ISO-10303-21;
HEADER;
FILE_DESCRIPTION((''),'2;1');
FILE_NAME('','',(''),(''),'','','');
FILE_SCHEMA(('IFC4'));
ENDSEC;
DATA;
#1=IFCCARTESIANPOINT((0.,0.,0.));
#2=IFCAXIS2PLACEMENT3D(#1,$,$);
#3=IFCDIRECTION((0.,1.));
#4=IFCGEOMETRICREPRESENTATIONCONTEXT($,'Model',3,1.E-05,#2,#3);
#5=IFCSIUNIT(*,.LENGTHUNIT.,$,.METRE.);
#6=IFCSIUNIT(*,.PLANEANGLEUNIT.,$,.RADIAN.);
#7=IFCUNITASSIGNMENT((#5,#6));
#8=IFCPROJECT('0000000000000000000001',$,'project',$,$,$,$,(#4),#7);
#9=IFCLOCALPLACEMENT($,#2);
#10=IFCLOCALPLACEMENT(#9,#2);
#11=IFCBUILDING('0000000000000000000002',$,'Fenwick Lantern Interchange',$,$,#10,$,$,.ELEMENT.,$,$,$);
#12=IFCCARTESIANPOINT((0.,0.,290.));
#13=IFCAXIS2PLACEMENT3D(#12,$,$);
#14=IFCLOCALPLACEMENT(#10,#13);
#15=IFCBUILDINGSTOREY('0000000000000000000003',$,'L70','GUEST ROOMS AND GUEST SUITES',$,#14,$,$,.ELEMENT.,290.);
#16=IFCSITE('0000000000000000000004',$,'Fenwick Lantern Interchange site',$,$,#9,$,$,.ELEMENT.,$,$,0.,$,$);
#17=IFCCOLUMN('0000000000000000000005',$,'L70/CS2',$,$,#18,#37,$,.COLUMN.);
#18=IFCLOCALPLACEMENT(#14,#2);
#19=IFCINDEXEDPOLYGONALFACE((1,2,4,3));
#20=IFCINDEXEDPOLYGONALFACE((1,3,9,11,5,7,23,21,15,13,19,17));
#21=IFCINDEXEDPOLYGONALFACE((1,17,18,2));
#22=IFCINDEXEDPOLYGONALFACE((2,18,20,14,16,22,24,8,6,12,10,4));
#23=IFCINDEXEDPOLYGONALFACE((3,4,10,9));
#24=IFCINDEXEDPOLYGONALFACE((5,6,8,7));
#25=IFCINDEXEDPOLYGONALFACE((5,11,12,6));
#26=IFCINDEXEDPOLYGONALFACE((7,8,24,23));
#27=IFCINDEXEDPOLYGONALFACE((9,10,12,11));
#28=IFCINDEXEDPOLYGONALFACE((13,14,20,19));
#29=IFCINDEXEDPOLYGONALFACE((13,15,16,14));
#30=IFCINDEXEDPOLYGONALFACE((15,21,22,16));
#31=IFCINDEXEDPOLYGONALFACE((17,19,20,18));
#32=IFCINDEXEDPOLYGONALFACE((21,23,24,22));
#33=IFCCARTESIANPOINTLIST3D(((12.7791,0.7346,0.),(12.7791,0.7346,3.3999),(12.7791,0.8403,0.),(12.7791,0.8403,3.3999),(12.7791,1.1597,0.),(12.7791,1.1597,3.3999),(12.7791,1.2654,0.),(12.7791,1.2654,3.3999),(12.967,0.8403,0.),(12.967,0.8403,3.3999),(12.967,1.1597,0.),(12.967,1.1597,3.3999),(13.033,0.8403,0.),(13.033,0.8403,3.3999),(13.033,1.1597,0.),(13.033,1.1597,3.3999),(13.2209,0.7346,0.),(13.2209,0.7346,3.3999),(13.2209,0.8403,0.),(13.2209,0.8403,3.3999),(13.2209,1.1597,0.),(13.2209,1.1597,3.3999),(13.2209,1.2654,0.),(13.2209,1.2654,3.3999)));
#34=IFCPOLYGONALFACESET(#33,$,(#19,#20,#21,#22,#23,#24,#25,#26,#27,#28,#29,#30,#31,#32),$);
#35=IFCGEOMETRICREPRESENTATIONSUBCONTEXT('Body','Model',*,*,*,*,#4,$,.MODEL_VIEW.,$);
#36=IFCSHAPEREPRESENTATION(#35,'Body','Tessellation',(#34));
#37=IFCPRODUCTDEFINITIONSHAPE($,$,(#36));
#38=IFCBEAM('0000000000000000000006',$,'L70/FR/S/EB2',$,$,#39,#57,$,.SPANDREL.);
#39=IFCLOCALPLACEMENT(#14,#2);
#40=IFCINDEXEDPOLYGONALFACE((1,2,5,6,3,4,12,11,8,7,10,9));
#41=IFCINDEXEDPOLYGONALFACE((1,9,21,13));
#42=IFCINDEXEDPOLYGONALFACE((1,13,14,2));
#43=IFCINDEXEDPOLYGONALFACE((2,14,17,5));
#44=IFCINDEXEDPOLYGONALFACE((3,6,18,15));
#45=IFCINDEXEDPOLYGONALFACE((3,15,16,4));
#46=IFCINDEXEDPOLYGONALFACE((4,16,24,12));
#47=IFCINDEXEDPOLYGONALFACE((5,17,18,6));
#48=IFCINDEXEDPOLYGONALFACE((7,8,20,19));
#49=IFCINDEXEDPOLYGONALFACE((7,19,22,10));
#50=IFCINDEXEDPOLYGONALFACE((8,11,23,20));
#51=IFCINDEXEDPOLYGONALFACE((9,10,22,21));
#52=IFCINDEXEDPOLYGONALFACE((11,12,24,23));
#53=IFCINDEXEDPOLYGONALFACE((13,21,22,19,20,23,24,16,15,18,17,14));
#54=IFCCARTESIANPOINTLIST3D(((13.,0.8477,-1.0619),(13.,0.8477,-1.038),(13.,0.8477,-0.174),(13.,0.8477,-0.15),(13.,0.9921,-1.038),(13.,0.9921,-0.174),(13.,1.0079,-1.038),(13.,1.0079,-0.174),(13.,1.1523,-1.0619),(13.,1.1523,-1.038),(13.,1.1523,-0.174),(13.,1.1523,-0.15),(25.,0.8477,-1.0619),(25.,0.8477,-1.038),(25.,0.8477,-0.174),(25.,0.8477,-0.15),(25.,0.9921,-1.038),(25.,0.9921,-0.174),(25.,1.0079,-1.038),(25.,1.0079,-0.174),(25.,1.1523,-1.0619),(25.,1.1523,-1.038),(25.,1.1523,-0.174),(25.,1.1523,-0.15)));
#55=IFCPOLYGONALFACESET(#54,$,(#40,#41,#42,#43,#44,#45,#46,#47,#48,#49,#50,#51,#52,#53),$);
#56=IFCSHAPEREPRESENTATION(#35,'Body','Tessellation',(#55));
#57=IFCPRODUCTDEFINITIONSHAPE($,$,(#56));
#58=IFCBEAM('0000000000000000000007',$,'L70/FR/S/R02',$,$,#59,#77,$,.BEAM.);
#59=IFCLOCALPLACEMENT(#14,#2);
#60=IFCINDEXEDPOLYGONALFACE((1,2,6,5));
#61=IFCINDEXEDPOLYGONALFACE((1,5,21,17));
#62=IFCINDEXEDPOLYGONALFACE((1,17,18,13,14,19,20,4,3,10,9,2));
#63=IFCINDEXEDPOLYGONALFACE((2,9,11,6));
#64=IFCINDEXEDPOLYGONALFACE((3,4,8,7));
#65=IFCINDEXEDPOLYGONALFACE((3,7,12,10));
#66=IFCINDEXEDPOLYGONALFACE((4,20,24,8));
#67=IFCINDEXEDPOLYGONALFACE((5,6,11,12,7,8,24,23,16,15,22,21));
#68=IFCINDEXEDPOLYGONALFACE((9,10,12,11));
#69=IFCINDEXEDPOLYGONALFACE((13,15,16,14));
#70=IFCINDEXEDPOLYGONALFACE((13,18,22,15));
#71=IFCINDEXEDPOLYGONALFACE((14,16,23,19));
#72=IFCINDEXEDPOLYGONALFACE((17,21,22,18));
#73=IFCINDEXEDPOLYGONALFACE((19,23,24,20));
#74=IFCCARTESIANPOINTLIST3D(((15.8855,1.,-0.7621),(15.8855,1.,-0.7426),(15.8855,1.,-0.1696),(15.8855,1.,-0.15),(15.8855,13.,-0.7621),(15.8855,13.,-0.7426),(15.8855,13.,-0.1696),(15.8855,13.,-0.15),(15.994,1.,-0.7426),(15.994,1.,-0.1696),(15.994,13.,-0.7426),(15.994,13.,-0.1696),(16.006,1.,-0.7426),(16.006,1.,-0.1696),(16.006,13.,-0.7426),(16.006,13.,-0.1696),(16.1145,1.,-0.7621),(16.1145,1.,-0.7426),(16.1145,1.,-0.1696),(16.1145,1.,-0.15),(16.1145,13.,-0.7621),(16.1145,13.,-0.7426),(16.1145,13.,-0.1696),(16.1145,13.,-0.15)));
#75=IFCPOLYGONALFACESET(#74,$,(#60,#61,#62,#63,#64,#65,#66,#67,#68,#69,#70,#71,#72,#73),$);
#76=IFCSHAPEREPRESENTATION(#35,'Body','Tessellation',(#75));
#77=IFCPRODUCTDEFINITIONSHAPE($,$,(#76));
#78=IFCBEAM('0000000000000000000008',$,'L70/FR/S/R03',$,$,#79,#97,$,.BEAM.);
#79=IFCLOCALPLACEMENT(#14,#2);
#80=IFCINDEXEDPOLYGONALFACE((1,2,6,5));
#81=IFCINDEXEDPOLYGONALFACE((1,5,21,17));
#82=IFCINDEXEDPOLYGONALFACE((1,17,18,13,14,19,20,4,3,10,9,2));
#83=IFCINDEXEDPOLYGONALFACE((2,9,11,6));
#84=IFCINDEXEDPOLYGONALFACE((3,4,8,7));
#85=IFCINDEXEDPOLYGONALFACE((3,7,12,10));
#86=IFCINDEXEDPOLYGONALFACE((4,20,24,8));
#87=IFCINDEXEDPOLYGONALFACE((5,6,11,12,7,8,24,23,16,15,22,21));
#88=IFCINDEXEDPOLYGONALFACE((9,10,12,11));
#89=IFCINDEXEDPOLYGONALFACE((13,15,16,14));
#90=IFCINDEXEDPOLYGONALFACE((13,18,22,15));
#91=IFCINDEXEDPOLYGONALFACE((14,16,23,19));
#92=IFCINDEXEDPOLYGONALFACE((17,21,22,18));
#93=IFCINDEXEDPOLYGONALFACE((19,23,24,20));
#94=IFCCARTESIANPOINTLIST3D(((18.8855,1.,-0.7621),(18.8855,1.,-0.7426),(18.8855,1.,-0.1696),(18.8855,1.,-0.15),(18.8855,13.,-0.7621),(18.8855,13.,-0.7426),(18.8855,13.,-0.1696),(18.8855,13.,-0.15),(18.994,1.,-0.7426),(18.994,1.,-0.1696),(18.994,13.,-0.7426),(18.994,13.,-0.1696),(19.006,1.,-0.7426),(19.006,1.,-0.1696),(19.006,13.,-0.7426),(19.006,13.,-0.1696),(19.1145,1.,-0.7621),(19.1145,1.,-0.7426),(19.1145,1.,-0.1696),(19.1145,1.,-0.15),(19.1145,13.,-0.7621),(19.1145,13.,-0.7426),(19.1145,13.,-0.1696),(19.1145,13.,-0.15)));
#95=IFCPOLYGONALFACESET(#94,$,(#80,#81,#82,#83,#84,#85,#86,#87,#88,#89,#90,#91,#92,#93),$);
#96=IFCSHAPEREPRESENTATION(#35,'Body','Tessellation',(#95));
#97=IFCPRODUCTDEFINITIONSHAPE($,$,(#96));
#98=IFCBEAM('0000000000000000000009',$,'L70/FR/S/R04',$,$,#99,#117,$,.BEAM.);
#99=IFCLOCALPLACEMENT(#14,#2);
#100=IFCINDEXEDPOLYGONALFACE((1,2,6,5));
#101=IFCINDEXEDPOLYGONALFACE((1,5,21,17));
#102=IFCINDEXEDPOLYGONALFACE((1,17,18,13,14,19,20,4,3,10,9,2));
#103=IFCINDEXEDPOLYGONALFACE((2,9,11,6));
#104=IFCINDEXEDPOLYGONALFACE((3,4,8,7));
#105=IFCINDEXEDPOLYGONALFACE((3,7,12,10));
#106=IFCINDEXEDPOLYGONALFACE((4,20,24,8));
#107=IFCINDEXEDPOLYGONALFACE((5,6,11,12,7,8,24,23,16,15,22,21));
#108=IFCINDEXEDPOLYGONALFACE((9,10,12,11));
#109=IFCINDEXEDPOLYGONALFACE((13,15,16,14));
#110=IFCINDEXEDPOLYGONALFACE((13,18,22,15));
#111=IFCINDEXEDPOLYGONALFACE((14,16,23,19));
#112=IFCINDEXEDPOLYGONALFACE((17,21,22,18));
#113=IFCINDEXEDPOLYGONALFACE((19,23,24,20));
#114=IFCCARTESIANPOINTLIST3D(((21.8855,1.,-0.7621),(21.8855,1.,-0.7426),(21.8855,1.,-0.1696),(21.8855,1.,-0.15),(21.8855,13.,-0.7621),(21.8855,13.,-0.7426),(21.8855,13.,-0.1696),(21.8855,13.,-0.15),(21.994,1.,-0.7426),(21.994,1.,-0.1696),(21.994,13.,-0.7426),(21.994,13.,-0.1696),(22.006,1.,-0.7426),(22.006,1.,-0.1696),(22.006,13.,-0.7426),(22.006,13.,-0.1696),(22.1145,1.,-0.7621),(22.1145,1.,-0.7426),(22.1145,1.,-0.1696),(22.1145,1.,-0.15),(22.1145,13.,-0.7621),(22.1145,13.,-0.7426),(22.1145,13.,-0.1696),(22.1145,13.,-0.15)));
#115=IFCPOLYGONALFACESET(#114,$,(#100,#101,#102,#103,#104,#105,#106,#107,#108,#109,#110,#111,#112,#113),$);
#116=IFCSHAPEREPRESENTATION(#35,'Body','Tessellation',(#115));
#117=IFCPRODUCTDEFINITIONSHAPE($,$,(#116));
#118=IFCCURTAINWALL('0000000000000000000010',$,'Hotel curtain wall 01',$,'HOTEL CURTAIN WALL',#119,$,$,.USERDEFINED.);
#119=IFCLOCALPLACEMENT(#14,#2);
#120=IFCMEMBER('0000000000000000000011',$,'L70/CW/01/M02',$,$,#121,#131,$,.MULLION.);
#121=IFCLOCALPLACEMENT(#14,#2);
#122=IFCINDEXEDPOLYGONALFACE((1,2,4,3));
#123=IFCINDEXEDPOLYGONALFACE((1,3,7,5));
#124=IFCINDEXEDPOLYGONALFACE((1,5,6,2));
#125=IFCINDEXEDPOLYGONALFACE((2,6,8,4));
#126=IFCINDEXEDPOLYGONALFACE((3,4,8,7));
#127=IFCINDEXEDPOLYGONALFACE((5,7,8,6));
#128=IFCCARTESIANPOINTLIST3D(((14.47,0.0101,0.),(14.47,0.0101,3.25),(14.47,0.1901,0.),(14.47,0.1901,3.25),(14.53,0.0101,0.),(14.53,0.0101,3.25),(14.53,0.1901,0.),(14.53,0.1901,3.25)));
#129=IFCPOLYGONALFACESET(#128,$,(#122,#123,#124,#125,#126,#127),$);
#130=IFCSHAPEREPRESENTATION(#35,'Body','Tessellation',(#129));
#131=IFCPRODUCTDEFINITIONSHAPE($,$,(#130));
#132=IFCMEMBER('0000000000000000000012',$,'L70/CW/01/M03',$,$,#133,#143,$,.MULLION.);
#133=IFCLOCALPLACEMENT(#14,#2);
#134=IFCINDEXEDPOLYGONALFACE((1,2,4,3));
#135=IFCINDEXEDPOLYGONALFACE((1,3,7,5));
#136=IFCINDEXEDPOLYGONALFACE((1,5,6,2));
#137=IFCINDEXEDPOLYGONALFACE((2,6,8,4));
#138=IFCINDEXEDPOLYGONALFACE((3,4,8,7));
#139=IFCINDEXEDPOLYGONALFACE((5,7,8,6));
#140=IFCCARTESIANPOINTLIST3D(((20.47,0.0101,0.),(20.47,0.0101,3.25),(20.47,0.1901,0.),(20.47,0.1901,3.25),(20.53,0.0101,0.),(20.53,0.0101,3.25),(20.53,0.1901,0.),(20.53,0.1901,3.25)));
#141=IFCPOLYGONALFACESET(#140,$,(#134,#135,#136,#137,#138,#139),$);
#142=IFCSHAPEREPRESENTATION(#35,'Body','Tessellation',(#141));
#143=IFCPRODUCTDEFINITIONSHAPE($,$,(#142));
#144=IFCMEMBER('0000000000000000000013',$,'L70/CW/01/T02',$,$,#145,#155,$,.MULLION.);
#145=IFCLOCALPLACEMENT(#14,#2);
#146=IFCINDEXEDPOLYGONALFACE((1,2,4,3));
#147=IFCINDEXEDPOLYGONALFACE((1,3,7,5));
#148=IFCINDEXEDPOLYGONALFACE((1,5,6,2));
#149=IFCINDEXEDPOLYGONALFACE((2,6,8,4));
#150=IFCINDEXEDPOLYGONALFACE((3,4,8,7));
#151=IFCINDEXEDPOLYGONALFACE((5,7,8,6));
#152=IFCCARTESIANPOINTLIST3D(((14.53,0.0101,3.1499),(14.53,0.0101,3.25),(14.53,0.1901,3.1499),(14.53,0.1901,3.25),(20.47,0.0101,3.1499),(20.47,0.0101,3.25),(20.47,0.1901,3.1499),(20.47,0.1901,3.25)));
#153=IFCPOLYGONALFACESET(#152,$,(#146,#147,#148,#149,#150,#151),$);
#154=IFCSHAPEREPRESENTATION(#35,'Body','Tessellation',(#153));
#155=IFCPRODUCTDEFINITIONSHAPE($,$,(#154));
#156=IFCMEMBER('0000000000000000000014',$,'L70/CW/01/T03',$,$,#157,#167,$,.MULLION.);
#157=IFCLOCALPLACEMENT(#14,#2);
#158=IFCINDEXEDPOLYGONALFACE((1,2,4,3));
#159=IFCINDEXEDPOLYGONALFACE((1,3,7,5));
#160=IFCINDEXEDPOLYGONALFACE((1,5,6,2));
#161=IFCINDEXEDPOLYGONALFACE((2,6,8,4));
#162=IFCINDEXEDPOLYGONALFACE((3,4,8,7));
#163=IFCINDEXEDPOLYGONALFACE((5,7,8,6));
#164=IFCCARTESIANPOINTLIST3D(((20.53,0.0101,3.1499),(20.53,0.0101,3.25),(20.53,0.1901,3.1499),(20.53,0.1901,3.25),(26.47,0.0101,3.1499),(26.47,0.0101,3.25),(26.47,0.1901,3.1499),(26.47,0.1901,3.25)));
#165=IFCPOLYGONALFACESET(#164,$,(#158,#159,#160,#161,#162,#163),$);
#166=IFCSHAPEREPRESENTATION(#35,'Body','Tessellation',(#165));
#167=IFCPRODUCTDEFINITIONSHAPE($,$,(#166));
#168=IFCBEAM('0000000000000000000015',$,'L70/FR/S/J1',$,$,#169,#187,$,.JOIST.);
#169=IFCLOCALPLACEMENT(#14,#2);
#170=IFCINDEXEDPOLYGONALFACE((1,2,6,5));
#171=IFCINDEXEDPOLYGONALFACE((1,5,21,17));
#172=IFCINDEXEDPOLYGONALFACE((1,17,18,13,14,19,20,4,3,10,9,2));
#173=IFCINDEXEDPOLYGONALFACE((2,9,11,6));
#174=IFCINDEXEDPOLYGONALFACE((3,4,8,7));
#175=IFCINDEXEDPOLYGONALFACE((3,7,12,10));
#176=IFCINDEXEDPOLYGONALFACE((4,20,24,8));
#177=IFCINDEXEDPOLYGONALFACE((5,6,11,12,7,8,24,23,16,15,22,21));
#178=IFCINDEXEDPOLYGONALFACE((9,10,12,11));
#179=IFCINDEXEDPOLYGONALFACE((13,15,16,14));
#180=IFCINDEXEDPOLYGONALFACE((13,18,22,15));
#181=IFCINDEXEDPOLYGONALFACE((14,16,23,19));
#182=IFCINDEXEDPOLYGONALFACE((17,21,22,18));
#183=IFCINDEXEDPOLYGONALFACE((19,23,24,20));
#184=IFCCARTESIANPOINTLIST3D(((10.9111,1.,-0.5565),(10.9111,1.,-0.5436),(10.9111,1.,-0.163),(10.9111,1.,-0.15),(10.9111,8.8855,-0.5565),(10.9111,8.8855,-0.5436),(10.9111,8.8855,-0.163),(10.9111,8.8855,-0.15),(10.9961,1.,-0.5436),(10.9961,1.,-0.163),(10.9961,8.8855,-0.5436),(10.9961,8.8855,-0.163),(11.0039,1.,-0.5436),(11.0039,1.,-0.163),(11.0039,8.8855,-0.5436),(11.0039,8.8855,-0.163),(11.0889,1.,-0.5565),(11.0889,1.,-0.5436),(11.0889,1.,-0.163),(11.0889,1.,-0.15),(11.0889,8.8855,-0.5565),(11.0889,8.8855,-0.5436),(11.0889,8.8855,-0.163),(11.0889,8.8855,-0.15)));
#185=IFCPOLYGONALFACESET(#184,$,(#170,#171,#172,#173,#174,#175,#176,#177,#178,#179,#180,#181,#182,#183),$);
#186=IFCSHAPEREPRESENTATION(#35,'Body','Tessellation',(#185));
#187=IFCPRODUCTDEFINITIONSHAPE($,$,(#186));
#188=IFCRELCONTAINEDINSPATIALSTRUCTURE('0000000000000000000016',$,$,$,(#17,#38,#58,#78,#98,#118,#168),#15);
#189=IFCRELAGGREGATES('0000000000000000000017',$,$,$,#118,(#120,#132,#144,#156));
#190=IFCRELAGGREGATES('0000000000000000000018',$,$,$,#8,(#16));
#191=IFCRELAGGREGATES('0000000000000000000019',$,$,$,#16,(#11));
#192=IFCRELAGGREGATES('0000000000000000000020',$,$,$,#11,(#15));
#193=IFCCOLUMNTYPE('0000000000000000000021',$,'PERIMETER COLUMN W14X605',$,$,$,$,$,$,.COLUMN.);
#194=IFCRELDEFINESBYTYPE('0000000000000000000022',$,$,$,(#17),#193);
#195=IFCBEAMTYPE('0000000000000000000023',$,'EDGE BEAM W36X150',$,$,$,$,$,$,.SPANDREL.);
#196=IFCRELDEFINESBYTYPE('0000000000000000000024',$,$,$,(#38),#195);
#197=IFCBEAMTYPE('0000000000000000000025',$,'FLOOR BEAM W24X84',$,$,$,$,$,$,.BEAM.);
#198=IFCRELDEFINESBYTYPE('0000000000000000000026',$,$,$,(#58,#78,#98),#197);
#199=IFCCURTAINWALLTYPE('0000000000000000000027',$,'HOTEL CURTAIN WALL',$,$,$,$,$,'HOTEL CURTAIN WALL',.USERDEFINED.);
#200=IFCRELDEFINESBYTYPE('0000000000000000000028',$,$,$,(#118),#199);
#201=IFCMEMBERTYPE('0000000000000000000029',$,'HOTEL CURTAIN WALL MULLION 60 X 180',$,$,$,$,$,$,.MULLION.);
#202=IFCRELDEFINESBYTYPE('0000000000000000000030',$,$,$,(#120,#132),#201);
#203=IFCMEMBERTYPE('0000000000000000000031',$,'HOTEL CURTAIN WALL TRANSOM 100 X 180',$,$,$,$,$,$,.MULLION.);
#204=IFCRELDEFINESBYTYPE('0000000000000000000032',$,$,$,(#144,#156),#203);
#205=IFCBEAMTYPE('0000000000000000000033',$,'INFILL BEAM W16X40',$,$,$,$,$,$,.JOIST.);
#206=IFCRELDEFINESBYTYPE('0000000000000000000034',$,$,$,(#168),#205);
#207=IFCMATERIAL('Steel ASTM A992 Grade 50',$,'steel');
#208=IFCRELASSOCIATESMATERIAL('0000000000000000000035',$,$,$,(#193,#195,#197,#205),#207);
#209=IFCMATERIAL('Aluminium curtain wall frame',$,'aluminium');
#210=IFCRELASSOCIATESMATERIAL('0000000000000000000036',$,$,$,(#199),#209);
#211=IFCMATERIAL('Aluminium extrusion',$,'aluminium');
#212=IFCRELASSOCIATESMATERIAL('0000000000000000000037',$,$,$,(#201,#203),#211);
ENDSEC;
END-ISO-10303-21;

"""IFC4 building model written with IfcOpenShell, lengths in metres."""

from ifc_helpers import new_model, si_unit, direction, frame, origin, origin_2d, place, context, subcontext, project, spatial, rectangle, i_section, extrude, material, material_profile, profile_set, type_object, element, aggregate, save


model = new_model("IFC4")

# Units and contexts
model_context = context("Model", 3, precision=1e-05, world=origin(), true_north=direction((0.0, 1.0)))
body_context = subcontext(model_context, "Body", "Model", "MODEL_VIEW")
ifc_project = project(units=[si_unit("LENGTHUNIT", "METRE"), si_unit("PLANEANGLEUNIT", "RADIAN")], contexts=[model_context])

# Site, building, storey
site_placement = place(None, origin())
site = spatial("IfcSite", under=ifc_project, at=site_placement, Name="Fenwick Lantern Interchange site", CompositionType="ELEMENT", RefElevation=0.0)
building_placement = place(site_placement, origin())
building = spatial("IfcBuilding", under=site, at=building_placement, Name="Fenwick Lantern Interchange", CompositionType="ELEMENT")
storey_placement = place(building_placement, frame((0.0, 0.0, 290.0)))
storey = spatial("IfcBuildingStorey", under=building, at=storey_placement, Name="L70", Description="GUEST ROOMS AND GUEST SUITES", CompositionType="ELEMENT", Elevation=290.0)

# Column
ifc_material_1 = material(Name="Steel ASTM A992 Grade 50", Category="steel")
ifc_material_profile_1 = material_profile(ifc_material_1, i_section(OverallWidth=0.4419, OverallDepth=0.5308, WebThickness=0.0659, FlangeThickness=0.1057, at=origin_2d()), Name="W14X605")
ifc_profile_set_1 = profile_set([ifc_material_profile_1], Name="Steel ASTM A992 Grade 50")
column_type = type_object("IfcColumnType", Name="PERIMETER COLUMN W14X605", PredefinedType="COLUMN", material=ifc_profile_set_1)
column_placement = place(storey_placement, frame((13.0, 1.0, 0.0), z_axis=(0.0, 0.0, 1.0), x_axis=(1.0, 0.0, 0.0)))
element("IfcColumn", 1, at=column_placement, inside=storey, type_object=column_type, Name="L70/CS2", PredefinedType="COLUMN", context=body_context, shape_type="SweptSolid", body=[
    extrude(i_section(OverallWidth=0.4419, OverallDepth=0.5308, WebThickness=0.0659, FlangeThickness=0.1057, at=origin_2d()), origin(), (0.0, 0.0, 1.0), 3.3999),
])

# Beams
ifc_material_profile_2 = material_profile(ifc_material_1, i_section(OverallWidth=0.3047, OverallDepth=0.9119, WebThickness=0.0159, FlangeThickness=0.0239, at=origin_2d()), Name="W36X150")
ifc_profile_set_2 = profile_set([ifc_material_profile_2], Name="Steel ASTM A992 Grade 50")
beam_type_1 = type_object("IfcBeamType", Name="EDGE BEAM W36X150", PredefinedType="SPANDREL", material=ifc_profile_set_2)
beam_1_placement = place(storey_placement, frame((13.0, 1.0, -0.606), z_axis=(1.0, 0.0, 0.0), x_axis=(0.0, 1.0, 0.0)))
element("IfcBeam", 2, at=beam_1_placement, inside=storey, type_object=beam_type_1, Name="L70/FR/S/EB2", PredefinedType="SPANDREL", context=body_context, shape_type="SweptSolid", body=[
    extrude(i_section(OverallWidth=0.3047, OverallDepth=0.9119, WebThickness=0.0159, FlangeThickness=0.0239, at=origin_2d()), origin(), (0.0, 0.0, 1.0), 12.0),
])
ifc_material_profile_3 = material_profile(ifc_material_1, i_section(OverallWidth=0.229, OverallDepth=0.6121, WebThickness=0.012, FlangeThickness=0.0195, at=origin_2d()), Name="W24X84")
ifc_profile_set_3 = profile_set([ifc_material_profile_3], Name="Steel ASTM A992 Grade 50")
beam_type_2 = type_object("IfcBeamType", Name="FLOOR BEAM W24X84", PredefinedType="BEAM", material=ifc_profile_set_3)
for number, where, z_axis, x_axis, name in (
    (3, (16.0, 1.0, -0.4561), (0.0, 1.0, 0.0), (-1.0, 0.0, 0.0), "L70/FR/S/R02"),
    (4, (19.0, 1.0, -0.4561), (0.0, 1.0, 0.0), (-1.0, 0.0, 0.0), "L70/FR/S/R03"),
    (5, (22.0, 1.0, -0.4561), (0.0, 1.0, 0.0), (-1.0, 0.0, 0.0), "L70/FR/S/R04"),
):
    element("IfcBeam", number, at=place(storey_placement, frame(where, z_axis=z_axis, x_axis=x_axis)), inside=storey, type_object=beam_type_2, Name=name, PredefinedType="BEAM", context=body_context, shape_type="SweptSolid", body=[
        extrude(i_section(OverallWidth=0.229, OverallDepth=0.6121, WebThickness=0.012, FlangeThickness=0.0195, at=origin_2d()), origin(), (0.0, 0.0, 1.0), 12.0),
    ])

# Curtain wall, members
ifc_material_2 = material(Name="Aluminium curtain wall frame", Category="aluminium")
curtain_wall_type = type_object("IfcCurtainWallType", Name="HOTEL CURTAIN WALL", ElementType="HOTEL CURTAIN WALL", PredefinedType="USERDEFINED", material=ifc_material_2)
curtain_wall_placement = place(storey_placement, origin())
curtain_wall = element("IfcCurtainWall", 6, at=curtain_wall_placement, inside=storey, type_object=curtain_wall_type, Name="Hotel curtain wall 01", ObjectType="HOTEL CURTAIN WALL", PredefinedType="USERDEFINED")
ifc_material_3 = material(Name="Aluminium extrusion", Category="aluminium")
ifc_material_profile_4 = material_profile(ifc_material_3, rectangle(XDim=0.1799, YDim=0.0601, at=origin_2d()), Name="HOTEL CURTAIN WALL MULLION 60 X 180")
ifc_profile_set_4 = profile_set([ifc_material_profile_4], Name="Aluminium extrusion")
member_type_1 = type_object("IfcMemberType", Name="HOTEL CURTAIN WALL MULLION 60 X 180", PredefinedType="MULLION", material=ifc_profile_set_4)
member_1_placement = place(storey_placement, frame((14.5, 0.1001, 0.0), z_axis=(0.0, 0.0, 1.0), x_axis=(0.0, 1.0, 0.0)))
member_1 = element("IfcMember", 7, at=member_1_placement, type_object=member_type_1, Name="L70/CW/01/M02", PredefinedType="MULLION", context=body_context, shape_type="SweptSolid", body=[
    extrude(rectangle(XDim=0.1799, YDim=0.0601, at=origin_2d()), origin(), (0.0, 0.0, 1.0), 3.25),
])
member_2_placement = place(storey_placement, frame((20.5, 0.1001, 0.0), z_axis=(0.0, 0.0, 1.0), x_axis=(0.0, 1.0, 0.0)))
member_2 = element("IfcMember", 8, at=member_2_placement, type_object=member_type_1, Name="L70/CW/01/M03", PredefinedType="MULLION", context=body_context, shape_type="SweptSolid", body=[
    extrude(rectangle(XDim=0.1799, YDim=0.0601, at=origin_2d()), origin(), (0.0, 0.0, 1.0), 3.25),
])
ifc_material_profile_5 = material_profile(ifc_material_3, rectangle(XDim=0.1799, YDim=0.1001, at=origin_2d()), Name="HOTEL CURTAIN WALL TRANSOM 100 X 180")
ifc_profile_set_5 = profile_set([ifc_material_profile_5], Name="Aluminium extrusion")
member_type_2 = type_object("IfcMemberType", Name="HOTEL CURTAIN WALL TRANSOM 100 X 180", PredefinedType="MULLION", material=ifc_profile_set_5)
member_3_placement = place(storey_placement, frame((14.53, 0.1001, 3.2), z_axis=(1.0, 0.0, 0.0), x_axis=(0.0, 1.0, 0.0)))
member_3 = element("IfcMember", 9, at=member_3_placement, type_object=member_type_2, Name="L70/CW/01/T02", PredefinedType="MULLION", context=body_context, shape_type="SweptSolid", body=[
    extrude(rectangle(XDim=0.1799, YDim=0.1001, at=origin_2d()), origin(), (0.0, 0.0, 1.0), 5.9399),
])
member_4_placement = place(storey_placement, frame((20.53, 0.1001, 3.2), z_axis=(1.0, 0.0, 0.0), x_axis=(0.0, 1.0, 0.0)))
member_4 = element("IfcMember", 10, at=member_4_placement, type_object=member_type_2, Name="L70/CW/01/T03", PredefinedType="MULLION", context=body_context, shape_type="SweptSolid", body=[
    extrude(rectangle(XDim=0.1799, YDim=0.1001, at=origin_2d()), origin(), (0.0, 0.0, 1.0), 5.9399),
])
aggregate(curtain_wall, [member_1, member_2, member_3, member_4])

# Beam
ifc_material_profile_6 = material_profile(ifc_material_1, i_section(OverallWidth=0.1777, OverallDepth=0.4065, WebThickness=0.0078, FlangeThickness=0.0129, at=origin_2d()), Name="W16X40")
ifc_profile_set_6 = profile_set([ifc_material_profile_6], Name="Steel ASTM A992 Grade 50")
beam_type_3 = type_object("IfcBeamType", Name="INFILL BEAM W16X40", PredefinedType="JOIST", material=ifc_profile_set_6)
beam_2_placement = place(storey_placement, frame((11.0, 1.0, -0.3533), z_axis=(0.0, 1.0, 0.0), x_axis=(-1.0, 0.0, 0.0)))
element("IfcBeam", 11, at=beam_2_placement, inside=storey, type_object=beam_type_3, Name="L70/FR/S/J1", PredefinedType="JOIST", context=body_context, shape_type="SweptSolid", body=[
    extrude(i_section(OverallWidth=0.1777, OverallDepth=0.4065, WebThickness=0.0078, FlangeThickness=0.0129, at=origin_2d()), origin(), (0.0, 0.0, 1.0), 7.8855),
])

save(model, "model.ifc")
